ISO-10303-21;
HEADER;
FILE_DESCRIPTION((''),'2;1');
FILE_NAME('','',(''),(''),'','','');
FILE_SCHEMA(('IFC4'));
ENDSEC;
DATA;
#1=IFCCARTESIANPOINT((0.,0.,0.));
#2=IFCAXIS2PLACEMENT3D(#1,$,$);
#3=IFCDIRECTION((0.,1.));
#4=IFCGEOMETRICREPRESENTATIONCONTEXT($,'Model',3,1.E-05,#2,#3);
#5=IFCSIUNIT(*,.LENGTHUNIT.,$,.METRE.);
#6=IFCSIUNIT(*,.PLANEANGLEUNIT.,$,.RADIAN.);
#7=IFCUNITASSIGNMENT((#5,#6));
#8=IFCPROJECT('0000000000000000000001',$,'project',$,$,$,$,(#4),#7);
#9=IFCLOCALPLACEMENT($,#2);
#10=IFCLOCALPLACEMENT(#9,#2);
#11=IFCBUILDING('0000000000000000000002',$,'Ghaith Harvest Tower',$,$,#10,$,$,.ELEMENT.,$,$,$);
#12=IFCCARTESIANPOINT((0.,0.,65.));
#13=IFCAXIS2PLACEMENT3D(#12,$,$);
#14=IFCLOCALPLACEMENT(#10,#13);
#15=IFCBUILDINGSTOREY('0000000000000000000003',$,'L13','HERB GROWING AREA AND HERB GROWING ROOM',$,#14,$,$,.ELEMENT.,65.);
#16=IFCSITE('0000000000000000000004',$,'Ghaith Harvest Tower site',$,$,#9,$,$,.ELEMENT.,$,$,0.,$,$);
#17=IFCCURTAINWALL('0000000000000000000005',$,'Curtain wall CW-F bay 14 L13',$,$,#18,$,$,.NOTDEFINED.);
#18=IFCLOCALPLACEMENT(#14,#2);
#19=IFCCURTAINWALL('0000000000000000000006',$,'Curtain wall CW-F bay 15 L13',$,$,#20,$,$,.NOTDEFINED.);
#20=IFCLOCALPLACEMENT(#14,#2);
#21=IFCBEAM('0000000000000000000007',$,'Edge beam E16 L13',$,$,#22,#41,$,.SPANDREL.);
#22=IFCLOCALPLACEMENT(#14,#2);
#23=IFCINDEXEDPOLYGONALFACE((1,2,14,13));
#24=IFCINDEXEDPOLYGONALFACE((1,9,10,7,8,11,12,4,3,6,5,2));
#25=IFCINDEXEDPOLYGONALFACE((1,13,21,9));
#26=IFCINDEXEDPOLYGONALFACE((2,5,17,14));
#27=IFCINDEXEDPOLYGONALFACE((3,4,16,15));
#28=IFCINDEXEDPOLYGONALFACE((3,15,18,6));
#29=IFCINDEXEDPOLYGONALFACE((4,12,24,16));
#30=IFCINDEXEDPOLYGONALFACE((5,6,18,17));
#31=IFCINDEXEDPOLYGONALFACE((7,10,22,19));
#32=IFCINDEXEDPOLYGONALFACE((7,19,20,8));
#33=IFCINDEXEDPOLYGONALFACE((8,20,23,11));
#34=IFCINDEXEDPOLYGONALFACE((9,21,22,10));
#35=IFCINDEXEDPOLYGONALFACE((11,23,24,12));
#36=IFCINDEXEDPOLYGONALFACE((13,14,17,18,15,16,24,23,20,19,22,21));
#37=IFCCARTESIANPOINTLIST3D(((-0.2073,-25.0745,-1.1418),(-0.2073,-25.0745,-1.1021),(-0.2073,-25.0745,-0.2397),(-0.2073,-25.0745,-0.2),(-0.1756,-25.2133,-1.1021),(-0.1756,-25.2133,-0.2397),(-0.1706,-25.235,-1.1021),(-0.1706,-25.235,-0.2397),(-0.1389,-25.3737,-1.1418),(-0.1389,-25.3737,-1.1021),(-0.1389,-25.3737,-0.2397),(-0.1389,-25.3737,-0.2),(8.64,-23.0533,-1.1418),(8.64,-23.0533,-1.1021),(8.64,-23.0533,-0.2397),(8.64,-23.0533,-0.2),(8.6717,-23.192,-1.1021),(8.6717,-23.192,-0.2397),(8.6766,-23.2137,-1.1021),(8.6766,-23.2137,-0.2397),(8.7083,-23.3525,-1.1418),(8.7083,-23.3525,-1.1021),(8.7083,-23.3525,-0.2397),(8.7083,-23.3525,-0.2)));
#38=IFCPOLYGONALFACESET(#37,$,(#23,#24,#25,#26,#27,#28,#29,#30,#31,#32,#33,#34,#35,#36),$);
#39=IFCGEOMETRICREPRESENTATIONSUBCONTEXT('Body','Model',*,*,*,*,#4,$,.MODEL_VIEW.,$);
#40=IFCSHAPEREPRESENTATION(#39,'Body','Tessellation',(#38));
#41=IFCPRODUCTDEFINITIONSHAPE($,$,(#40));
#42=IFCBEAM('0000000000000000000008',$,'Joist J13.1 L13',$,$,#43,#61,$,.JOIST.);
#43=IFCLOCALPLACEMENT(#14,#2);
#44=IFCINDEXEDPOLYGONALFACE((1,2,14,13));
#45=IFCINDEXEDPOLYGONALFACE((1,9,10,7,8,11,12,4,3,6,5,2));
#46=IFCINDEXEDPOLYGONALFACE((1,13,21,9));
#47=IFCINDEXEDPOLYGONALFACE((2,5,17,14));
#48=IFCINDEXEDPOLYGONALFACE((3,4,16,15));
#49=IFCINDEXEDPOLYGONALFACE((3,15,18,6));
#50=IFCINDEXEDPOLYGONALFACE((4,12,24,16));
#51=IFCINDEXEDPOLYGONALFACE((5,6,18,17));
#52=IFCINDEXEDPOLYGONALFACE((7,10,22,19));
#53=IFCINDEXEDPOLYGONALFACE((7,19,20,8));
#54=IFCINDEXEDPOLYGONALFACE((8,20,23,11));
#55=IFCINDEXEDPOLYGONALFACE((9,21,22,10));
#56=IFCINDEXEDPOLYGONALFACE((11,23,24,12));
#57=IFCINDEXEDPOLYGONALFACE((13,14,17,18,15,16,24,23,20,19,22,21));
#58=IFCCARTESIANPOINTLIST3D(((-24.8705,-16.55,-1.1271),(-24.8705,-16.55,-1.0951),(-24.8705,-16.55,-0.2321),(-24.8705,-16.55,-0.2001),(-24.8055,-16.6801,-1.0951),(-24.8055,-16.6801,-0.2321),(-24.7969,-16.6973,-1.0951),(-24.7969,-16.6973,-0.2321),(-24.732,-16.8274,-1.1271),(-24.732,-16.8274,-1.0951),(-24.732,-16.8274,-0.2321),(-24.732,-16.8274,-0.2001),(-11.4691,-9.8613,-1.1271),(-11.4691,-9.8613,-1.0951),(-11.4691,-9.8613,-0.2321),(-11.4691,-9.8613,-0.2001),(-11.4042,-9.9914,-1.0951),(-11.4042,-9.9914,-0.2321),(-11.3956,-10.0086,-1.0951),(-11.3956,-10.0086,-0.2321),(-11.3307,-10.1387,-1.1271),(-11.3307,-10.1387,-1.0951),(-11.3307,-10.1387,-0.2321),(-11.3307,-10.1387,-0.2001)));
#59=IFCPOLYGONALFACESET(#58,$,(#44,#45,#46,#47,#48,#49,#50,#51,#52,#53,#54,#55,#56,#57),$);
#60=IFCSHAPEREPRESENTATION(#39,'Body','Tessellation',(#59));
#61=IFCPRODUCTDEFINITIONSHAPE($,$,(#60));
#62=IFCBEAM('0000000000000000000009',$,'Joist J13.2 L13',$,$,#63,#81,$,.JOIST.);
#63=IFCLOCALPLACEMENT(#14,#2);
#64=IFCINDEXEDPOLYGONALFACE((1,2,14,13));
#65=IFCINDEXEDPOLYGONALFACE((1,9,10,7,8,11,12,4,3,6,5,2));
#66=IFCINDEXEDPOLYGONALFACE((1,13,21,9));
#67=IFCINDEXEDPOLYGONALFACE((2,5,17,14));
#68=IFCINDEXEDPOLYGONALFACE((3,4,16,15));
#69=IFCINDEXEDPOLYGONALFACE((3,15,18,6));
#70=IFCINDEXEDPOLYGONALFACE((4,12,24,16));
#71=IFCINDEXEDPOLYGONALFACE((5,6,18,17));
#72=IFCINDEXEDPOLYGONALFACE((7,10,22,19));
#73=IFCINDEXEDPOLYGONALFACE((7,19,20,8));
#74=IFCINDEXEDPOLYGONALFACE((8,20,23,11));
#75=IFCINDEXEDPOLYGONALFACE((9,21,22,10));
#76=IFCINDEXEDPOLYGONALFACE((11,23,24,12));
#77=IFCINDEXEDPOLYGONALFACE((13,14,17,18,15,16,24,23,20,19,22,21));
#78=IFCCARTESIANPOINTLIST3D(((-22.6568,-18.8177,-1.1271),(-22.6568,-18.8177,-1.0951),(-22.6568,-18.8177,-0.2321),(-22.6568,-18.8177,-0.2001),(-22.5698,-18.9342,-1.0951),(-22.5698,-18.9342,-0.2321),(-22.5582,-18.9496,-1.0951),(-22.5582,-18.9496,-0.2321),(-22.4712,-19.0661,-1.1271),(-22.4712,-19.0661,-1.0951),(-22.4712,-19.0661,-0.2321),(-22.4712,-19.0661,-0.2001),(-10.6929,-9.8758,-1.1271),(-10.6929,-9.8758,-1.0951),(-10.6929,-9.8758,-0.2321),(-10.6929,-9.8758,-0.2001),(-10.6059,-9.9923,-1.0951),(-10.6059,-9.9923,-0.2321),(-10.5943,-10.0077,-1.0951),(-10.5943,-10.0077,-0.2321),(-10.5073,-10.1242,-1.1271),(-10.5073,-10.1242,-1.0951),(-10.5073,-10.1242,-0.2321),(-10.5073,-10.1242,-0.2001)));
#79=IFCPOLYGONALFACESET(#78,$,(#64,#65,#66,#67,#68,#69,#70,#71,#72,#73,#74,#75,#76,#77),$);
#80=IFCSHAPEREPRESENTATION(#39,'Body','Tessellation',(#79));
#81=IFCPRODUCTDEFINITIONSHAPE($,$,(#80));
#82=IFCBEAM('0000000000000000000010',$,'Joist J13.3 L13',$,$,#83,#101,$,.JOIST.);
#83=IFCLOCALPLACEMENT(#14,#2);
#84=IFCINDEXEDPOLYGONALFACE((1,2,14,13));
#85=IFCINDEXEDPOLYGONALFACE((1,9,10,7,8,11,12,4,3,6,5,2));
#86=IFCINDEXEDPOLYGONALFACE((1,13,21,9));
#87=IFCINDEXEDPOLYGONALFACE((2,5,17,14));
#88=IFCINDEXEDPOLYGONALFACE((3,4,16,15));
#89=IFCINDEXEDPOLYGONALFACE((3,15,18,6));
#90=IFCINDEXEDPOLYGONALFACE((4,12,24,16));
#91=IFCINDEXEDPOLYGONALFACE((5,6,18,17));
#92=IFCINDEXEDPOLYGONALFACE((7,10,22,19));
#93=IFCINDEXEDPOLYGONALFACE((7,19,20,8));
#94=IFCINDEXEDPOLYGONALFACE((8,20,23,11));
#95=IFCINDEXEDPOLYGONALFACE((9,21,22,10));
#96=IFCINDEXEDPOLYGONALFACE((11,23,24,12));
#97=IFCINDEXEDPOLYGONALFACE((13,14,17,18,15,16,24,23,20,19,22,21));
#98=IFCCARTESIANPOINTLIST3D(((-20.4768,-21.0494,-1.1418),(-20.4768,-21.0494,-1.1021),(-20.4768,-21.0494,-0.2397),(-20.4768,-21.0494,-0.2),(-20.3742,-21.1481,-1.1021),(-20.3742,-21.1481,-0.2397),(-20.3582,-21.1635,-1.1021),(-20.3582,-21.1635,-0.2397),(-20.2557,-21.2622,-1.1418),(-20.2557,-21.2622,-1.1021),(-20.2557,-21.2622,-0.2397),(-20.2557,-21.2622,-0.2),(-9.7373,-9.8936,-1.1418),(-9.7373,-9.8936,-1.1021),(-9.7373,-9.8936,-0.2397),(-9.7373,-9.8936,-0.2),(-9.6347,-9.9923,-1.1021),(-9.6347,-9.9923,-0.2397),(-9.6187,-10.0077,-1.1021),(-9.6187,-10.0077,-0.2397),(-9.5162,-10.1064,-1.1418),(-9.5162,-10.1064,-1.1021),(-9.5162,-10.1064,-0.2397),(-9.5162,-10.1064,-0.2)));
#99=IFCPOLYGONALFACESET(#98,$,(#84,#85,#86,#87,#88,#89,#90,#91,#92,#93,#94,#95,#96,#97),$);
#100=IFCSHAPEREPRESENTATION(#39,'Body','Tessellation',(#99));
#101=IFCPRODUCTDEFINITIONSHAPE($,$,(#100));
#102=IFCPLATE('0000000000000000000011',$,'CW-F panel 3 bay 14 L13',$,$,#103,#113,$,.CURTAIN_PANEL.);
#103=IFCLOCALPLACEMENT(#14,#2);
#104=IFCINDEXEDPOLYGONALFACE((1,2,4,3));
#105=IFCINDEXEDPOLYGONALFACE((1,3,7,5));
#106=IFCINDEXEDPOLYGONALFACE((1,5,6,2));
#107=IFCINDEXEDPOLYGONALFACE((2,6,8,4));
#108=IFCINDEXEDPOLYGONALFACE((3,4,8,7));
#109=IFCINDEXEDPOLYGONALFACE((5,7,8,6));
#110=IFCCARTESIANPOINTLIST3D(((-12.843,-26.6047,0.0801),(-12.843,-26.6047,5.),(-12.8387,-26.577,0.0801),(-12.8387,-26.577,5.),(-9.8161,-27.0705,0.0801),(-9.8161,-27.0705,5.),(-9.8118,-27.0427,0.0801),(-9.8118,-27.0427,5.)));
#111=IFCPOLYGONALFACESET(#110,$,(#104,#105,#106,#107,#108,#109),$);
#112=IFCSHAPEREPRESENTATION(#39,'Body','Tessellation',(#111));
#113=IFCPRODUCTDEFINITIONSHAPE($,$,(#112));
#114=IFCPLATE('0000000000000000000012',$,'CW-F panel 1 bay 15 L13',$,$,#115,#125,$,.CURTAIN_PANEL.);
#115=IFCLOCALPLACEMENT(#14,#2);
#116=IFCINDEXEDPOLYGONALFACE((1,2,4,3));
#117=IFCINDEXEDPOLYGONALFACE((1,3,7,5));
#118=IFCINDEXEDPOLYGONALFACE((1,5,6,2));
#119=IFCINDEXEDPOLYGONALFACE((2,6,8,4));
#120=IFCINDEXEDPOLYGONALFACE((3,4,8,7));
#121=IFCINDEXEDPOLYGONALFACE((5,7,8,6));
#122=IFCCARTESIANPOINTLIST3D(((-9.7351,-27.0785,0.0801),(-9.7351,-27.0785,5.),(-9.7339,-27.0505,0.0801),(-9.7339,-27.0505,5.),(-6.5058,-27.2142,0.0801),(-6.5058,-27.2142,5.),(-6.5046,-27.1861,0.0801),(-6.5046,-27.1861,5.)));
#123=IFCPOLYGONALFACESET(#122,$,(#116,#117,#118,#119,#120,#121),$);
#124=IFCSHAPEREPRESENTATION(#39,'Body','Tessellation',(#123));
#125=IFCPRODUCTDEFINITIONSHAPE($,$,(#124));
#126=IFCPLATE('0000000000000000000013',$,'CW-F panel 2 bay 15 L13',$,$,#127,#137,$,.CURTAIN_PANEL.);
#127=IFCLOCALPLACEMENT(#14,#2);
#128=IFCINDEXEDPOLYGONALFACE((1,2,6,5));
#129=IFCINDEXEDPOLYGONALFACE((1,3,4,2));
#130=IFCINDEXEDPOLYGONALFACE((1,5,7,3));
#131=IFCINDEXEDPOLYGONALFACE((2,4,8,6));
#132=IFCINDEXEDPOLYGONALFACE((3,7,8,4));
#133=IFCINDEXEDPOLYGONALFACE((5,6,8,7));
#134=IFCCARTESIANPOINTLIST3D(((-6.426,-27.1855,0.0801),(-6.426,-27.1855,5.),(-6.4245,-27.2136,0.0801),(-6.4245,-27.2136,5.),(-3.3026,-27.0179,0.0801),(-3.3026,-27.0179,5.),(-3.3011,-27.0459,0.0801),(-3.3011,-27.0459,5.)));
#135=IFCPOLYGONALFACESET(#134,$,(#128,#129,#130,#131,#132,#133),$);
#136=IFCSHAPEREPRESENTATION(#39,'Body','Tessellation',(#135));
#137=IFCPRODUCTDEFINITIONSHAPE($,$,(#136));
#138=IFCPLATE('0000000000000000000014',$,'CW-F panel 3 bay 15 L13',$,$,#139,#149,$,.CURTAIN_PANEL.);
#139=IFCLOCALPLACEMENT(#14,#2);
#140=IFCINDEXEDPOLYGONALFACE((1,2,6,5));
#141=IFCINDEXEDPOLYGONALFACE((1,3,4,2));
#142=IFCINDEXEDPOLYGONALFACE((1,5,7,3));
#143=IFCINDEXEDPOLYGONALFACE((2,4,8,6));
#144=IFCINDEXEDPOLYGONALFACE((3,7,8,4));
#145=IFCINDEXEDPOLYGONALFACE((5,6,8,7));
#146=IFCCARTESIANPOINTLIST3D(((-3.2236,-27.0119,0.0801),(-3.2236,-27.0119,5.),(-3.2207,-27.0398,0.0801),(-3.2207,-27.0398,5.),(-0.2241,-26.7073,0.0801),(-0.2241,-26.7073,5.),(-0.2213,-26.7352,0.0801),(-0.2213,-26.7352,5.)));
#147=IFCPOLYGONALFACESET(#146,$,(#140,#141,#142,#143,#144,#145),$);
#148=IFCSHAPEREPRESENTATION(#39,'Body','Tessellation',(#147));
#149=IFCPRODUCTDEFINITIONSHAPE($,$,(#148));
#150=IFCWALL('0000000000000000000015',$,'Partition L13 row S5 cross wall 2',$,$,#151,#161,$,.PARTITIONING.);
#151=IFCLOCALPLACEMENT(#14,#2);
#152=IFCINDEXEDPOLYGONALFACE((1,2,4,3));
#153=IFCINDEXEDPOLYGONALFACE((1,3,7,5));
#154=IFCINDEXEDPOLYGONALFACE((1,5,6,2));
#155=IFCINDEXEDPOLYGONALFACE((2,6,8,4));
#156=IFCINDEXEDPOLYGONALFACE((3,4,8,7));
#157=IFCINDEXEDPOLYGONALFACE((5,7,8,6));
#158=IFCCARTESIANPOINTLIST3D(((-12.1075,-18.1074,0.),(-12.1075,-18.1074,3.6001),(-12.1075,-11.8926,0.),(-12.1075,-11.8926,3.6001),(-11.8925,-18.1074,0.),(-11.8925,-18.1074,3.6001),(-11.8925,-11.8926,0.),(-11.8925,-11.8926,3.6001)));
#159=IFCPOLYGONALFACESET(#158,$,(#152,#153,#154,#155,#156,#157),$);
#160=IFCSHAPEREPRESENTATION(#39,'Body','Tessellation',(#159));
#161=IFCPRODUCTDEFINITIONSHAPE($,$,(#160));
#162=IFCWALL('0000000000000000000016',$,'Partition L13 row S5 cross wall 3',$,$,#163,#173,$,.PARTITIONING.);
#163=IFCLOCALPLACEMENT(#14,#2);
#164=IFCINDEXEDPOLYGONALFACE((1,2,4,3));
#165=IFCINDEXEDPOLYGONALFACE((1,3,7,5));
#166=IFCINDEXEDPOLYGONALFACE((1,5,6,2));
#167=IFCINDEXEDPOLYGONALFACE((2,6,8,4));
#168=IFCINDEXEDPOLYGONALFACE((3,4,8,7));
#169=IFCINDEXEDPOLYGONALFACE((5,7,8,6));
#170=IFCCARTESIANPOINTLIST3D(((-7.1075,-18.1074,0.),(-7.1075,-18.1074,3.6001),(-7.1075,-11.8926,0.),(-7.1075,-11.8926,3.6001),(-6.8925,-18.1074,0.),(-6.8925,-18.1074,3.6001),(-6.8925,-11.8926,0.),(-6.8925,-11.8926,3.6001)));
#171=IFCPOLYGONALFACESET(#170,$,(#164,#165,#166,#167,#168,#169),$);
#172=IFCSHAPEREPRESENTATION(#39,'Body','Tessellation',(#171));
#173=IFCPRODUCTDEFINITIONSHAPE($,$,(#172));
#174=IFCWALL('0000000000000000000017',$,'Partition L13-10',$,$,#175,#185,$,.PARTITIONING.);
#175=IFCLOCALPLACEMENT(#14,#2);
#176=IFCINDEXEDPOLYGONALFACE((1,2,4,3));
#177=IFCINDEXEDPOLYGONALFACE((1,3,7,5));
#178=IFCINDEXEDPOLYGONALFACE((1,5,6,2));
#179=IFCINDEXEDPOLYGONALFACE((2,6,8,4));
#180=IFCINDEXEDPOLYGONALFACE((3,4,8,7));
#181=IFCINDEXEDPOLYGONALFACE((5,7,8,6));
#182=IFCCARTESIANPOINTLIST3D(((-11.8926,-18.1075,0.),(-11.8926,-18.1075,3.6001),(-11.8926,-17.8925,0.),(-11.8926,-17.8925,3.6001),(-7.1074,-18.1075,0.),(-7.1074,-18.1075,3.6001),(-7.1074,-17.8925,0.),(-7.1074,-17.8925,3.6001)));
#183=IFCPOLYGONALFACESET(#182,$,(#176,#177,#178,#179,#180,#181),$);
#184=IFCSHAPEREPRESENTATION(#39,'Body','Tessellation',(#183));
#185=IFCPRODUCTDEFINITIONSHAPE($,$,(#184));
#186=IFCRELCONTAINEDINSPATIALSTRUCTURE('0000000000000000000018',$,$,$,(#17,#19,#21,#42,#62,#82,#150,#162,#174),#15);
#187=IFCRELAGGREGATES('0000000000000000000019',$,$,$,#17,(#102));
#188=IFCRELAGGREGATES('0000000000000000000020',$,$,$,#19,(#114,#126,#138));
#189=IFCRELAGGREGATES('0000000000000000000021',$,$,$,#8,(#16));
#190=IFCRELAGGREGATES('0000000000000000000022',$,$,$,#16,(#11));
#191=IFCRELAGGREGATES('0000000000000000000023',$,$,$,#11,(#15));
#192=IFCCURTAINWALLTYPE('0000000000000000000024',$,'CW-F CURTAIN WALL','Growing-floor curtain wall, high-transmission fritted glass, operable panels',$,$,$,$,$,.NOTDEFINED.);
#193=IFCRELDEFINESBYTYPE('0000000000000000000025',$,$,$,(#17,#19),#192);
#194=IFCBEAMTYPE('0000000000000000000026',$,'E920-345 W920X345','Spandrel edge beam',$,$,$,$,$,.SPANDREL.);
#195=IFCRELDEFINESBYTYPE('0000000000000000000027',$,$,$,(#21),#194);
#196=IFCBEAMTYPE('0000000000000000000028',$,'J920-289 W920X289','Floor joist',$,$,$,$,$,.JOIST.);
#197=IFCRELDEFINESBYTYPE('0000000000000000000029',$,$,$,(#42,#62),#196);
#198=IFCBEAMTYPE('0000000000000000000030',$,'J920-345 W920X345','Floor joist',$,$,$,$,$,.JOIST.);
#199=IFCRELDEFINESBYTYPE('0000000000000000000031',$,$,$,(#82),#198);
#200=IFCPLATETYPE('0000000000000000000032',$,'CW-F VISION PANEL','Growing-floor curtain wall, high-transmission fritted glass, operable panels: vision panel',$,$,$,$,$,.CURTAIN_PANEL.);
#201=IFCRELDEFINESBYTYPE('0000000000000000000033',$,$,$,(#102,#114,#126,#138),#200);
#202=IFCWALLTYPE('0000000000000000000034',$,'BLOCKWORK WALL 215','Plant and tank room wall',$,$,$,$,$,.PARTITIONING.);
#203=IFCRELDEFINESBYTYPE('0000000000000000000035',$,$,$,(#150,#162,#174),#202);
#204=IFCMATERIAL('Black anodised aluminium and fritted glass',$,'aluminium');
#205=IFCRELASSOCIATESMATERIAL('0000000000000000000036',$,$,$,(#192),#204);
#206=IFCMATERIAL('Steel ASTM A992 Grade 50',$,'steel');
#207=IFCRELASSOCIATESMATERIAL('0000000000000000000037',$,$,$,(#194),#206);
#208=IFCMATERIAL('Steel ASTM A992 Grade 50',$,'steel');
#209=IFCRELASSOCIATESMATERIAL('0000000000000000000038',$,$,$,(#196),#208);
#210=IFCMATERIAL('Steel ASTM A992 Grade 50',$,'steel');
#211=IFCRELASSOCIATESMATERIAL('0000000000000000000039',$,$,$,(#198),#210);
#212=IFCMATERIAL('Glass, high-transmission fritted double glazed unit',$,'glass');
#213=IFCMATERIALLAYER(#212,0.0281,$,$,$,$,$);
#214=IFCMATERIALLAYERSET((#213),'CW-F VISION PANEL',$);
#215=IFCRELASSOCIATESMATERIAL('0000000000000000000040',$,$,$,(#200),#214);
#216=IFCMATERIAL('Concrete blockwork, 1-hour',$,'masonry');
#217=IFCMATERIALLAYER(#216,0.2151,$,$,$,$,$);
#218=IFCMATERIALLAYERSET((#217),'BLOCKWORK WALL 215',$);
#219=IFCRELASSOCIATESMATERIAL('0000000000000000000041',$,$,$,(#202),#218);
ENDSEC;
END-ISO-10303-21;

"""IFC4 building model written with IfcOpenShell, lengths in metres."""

from ifc_helpers import new_model, si_unit, direction, frame, frame_2d, origin, origin_2d, place, context, subcontext, project, spatial, rectangle, i_section, extrude, material, layer, layer_set, material_profile, profile_set, type_object, element, aggregate, save


model = new_model("IFC4")

# Units and contexts
model_context = context("Model", 3, precision=1e-05, world=origin(), true_north=direction((0.0, 1.0)))
body_context = subcontext(model_context, "Body", "Model", "MODEL_VIEW")
ifc_project = project(units=[si_unit("LENGTHUNIT", "METRE"), si_unit("PLANEANGLEUNIT", "RADIAN")], contexts=[model_context])

# Site, building, storey
site_placement = place(None, origin())
site = spatial("IfcSite", under=ifc_project, at=site_placement, Name="Ghaith Harvest Tower site", CompositionType="ELEMENT", RefElevation=0.0)
building_placement = place(site_placement, origin())
building = spatial("IfcBuilding", under=site, at=building_placement, Name="Ghaith Harvest Tower", CompositionType="ELEMENT")
storey_placement = place(building_placement, frame((0.0, 0.0, 65.0)))
storey = spatial("IfcBuildingStorey", under=building, at=storey_placement, Name="L13", Description="HERB GROWING AREA AND HERB GROWING ROOM", CompositionType="ELEMENT", Elevation=65.0)

# Curtain wall
ifc_material_1 = material(Name="Black anodised aluminium and fritted glass", Category="aluminium")
curtain_wall_type = type_object("IfcCurtainWallType", Name="CW-F CURTAIN WALL", Description="Growing-floor curtain wall, high-transmission fritted glass, operable panels", PredefinedType="NOTDEFINED", material=ifc_material_1)
curtain_wall_1_placement = place(storey_placement, origin())
curtain_wall_1 = element("IfcCurtainWall", 1, at=curtain_wall_1_placement, inside=storey, type_object=curtain_wall_type, Name="Curtain wall CW-F bay 14 L13", PredefinedType="NOTDEFINED")

# Curtain wall
curtain_wall_2_placement = place(storey_placement, origin())
curtain_wall_2 = element("IfcCurtainWall", 2, at=curtain_wall_2_placement, inside=storey, type_object=curtain_wall_type, Name="Curtain wall CW-F bay 15 L13", PredefinedType="NOTDEFINED")

# Beams
ifc_material_2 = material(Name="Steel ASTM A992 Grade 50", Category="steel")
ifc_material_profile_1 = material_profile(ifc_material_2, i_section(OverallWidth=0.3069, OverallDepth=0.9419, WebThickness=0.0222, FlangeThickness=0.0398, at=origin_2d()), Name="W920X345")
ifc_profile_set_1 = profile_set([ifc_material_profile_1], Name="Steel ASTM A992 Grade 50")
beam_type_1 = type_object("IfcBeamType", Name="E920-345 W920X345", Description="Spandrel edge beam", PredefinedType="SPANDREL", material=ifc_profile_set_1)
beam_1_placement = place(storey_placement, frame((-0.1731, -25.2241, -0.6709), z_axis=(0.974882, 0.222723, 0.0), x_axis=(-0.222723, 0.974882, 0.0)))
element("IfcBeam", 3, at=beam_1_placement, inside=storey, type_object=beam_type_1, Name="Edge beam E16 L13", PredefinedType="SPANDREL", context=body_context, shape_type="SweptSolid", body=[
    extrude(i_section(OverallWidth=0.3069, OverallDepth=0.9419, WebThickness=0.0222, FlangeThickness=0.0398, at=origin_2d()), origin(), (0.0, 0.0, 1.0), 9.0752),
])
ifc_material_3 = material(Name="Steel ASTM A992 Grade 50", Category="steel")
ifc_material_profile_2 = material_profile(ifc_material_3, i_section(OverallWidth=0.3101, OverallDepth=0.927, WebThickness=0.0193, FlangeThickness=0.032, at=origin_2d()), Name="W920X289")
ifc_profile_set_2 = profile_set([ifc_material_profile_2], Name="Steel ASTM A992 Grade 50")
beam_type_2 = type_object("IfcBeamType", Name="J920-289 W920X289", Description="Floor joist", PredefinedType="JOIST", material=ifc_profile_set_2)
beam_2_placement = place(storey_placement, frame((-11.3999, -10.0, -0.6636), z_axis=(-0.894746, -0.446575, 0.0), x_axis=(0.446575, -0.894746, 0.0)))
element("IfcBeam", 4, at=beam_2_placement, inside=storey, type_object=beam_type_2, Name="Joist J13.1 L13", PredefinedType="JOIST", context=body_context, shape_type="SweptSolid", body=[
    extrude(i_section(OverallWidth=0.3101, OverallDepth=0.927, WebThickness=0.0193, FlangeThickness=0.032, at=origin_2d()), origin(), (0.0, 0.0, 1.0), 14.9778),
])
beam_3_placement = place(storey_placement, frame((-10.6001, -10.0, -0.6636), z_axis=(-0.800995, -0.598671, 0.0), x_axis=(0.598671, -0.800995, 0.0)))
element("IfcBeam", 5, at=beam_3_placement, inside=storey, type_object=beam_type_2, Name="Joist J13.2 L13", PredefinedType="JOIST", context=body_context, shape_type="SweptSolid", body=[
    extrude(i_section(OverallWidth=0.3101, OverallDepth=0.927, WebThickness=0.0193, FlangeThickness=0.032, at=origin_2d()), origin(), (0.0, 0.0, 1.0), 14.9363),
])
ifc_material_4 = material(Name="Steel ASTM A992 Grade 50", Category="steel")
ifc_material_profile_3 = material_profile(ifc_material_4, i_section(OverallWidth=0.3069, OverallDepth=0.9419, WebThickness=0.0222, FlangeThickness=0.0398, at=origin_2d()), Name="W920X345")
ifc_profile_set_3 = profile_set([ifc_material_profile_3], Name="Steel ASTM A992 Grade 50")
beam_type_3 = type_object("IfcBeamType", Name="J920-345 W920X345", Description="Floor joist", PredefinedType="JOIST", material=ifc_profile_set_3)
beam_4_placement = place(storey_placement, frame((-9.6267, -10.0, -0.6709), z_axis=(-0.693538, -0.72042, 0.0), x_axis=(0.72042, -0.693538, 0.0)))
element("IfcBeam", 6, at=beam_4_placement, inside=storey, type_object=beam_type_3, Name="Joist J13.3 L13", PredefinedType="JOIST", context=body_context, shape_type="SweptSolid", body=[
    extrude(i_section(OverallWidth=0.3069, OverallDepth=0.9419, WebThickness=0.0222, FlangeThickness=0.0398, at=origin_2d()), origin(), (0.0, 0.0, 1.0), 15.4851),
])

# Plates
ifc_material_5 = material(Name="Glass, high-transmission fritted double glazed unit", Category="glass")
ifc_layer_1 = layer(ifc_material_5, 0.0281)
ifc_layer_set_1 = layer_set([ifc_layer_1], Name="CW-F VISION PANEL")
plate_type = type_object("IfcPlateType", Name="CW-F VISION PANEL", Description="Growing-floor curtain wall, high-transmission fritted glass, operable panels: vision panel", PredefinedType="CURTAIN_PANEL", material=ifc_layer_set_1)
plate_1_placement = place(storey_placement, frame((-11.3274, -26.8237, 0.0801), z_axis=(0.0, 0.0, 1.0), x_axis=(0.98837, -0.152069, 0.0)))
plate_1 = element("IfcPlate", 7, at=plate_1_placement, type_object=plate_type, Name="CW-F panel 3 bay 14 L13", PredefinedType="CURTAIN_PANEL", context=body_context, shape_type="SweptSolid", body=[
    extrude(rectangle(XDim=3.0625, YDim=0.0281, at=origin_2d()), origin(), (0.0, 0.0, 1.0), 4.9199),
])
aggregate(curtain_wall_1, [plate_1])
plate_2_placement = place(storey_placement, frame((-8.1199, -27.1323, 0.0801), z_axis=(0.0, 0.0, 1.0), x_axis=(0.999119, -0.041967, 0.0)))
plate_2 = element("IfcPlate", 8, at=plate_2_placement, type_object=plate_type, Name="CW-F panel 1 bay 15 L13", PredefinedType="CURTAIN_PANEL", context=body_context, shape_type="SweptSolid", body=[
    extrude(rectangle(XDim=3.2322, YDim=0.0281, at=origin_2d()), origin(), (0.0, 0.0, 1.0), 4.9199),
])
plate_3_placement = place(storey_placement, frame((-4.8635, -27.1157, 0.0801), z_axis=(0.0, 0.0, 1.0), x_axis=(0.998563, 0.0536, 0.0)))
plate_3 = element("IfcPlate", 9, at=plate_3_placement, type_object=plate_type, Name="CW-F panel 2 bay 15 L13", PredefinedType="CURTAIN_PANEL", context=body_context, shape_type="SweptSolid", body=[
    extrude(rectangle(XDim=3.1279, YDim=0.0281, at=origin_2d()), origin(), (0.0, 0.0, 1.0), 4.9199),
])
plate_4_placement = place(storey_placement, frame((-1.7224, -26.8735, 0.0801), z_axis=(0.0, 0.0, 1.0), x_axis=(0.994882, 0.101041, 0.0)))
plate_4 = element("IfcPlate", 10, at=plate_4_placement, type_object=plate_type, Name="CW-F panel 3 bay 15 L13", PredefinedType="CURTAIN_PANEL", context=body_context, shape_type="SweptSolid", body=[
    extrude(rectangle(XDim=3.0149, YDim=0.0281, at=origin_2d()), origin(), (0.0, 0.0, 1.0), 4.9199),
])
aggregate(curtain_wall_2, [plate_2, plate_3, plate_4])

# Walls
ifc_material_6 = material(Name="Concrete blockwork, 1-hour", Category="masonry")
ifc_layer_2 = layer(ifc_material_6, 0.2151)
ifc_layer_set_2 = layer_set([ifc_layer_2], Name="BLOCKWORK WALL 215")
wall_type_1 = type_object("IfcWallType", Name="BLOCKWORK WALL 215", Description="Plant and tank room wall", PredefinedType="PARTITIONING", material=ifc_layer_set_2)
for number, where, z_axis, x_axis, name in (
    (11, (-12.0, -11.8926, 0.0), (0.0, 0.0, 1.0), (0.0, -1.0, 0.0), "Partition L13 row S5 cross wall 2"),
    (12, (-7.0, -11.8926, 0.0), (0.0, 0.0, 1.0), (0.0, -1.0, 0.0), "Partition L13 row S5 cross wall 3"),
):
    element("IfcWall", number, at=place(storey_placement, frame(where, z_axis=z_axis, x_axis=x_axis)), inside=storey, type_object=wall_type_1, Name=name, PredefinedType="PARTITIONING", context=body_context, shape_type="SweptSolid", body=[
        extrude(rectangle(XDim=6.2148, YDim=0.2151, at=frame_2d((3.1074, 0.0))), origin(), (0.0, 0.0, 1.0), 3.6001),
    ])

# Wall
wall_1_placement = place(storey_placement, frame((-11.8926, -18.0, 0.0), z_axis=(0.0, 0.0, 1.0), x_axis=(1.0, 0.0, 0.0)))
element("IfcWall", 13, at=wall_1_placement, inside=storey, type_object=wall_type_1, Name="Partition L13-10", PredefinedType="PARTITIONING", context=body_context, shape_type="SweptSolid", body=[
    extrude(rectangle(XDim=4.7852, YDim=0.2151, at=frame_2d((2.3926, 0.0))), origin(), (0.0, 0.0, 1.0), 3.6001),
])

save(model, "model.ifc")
